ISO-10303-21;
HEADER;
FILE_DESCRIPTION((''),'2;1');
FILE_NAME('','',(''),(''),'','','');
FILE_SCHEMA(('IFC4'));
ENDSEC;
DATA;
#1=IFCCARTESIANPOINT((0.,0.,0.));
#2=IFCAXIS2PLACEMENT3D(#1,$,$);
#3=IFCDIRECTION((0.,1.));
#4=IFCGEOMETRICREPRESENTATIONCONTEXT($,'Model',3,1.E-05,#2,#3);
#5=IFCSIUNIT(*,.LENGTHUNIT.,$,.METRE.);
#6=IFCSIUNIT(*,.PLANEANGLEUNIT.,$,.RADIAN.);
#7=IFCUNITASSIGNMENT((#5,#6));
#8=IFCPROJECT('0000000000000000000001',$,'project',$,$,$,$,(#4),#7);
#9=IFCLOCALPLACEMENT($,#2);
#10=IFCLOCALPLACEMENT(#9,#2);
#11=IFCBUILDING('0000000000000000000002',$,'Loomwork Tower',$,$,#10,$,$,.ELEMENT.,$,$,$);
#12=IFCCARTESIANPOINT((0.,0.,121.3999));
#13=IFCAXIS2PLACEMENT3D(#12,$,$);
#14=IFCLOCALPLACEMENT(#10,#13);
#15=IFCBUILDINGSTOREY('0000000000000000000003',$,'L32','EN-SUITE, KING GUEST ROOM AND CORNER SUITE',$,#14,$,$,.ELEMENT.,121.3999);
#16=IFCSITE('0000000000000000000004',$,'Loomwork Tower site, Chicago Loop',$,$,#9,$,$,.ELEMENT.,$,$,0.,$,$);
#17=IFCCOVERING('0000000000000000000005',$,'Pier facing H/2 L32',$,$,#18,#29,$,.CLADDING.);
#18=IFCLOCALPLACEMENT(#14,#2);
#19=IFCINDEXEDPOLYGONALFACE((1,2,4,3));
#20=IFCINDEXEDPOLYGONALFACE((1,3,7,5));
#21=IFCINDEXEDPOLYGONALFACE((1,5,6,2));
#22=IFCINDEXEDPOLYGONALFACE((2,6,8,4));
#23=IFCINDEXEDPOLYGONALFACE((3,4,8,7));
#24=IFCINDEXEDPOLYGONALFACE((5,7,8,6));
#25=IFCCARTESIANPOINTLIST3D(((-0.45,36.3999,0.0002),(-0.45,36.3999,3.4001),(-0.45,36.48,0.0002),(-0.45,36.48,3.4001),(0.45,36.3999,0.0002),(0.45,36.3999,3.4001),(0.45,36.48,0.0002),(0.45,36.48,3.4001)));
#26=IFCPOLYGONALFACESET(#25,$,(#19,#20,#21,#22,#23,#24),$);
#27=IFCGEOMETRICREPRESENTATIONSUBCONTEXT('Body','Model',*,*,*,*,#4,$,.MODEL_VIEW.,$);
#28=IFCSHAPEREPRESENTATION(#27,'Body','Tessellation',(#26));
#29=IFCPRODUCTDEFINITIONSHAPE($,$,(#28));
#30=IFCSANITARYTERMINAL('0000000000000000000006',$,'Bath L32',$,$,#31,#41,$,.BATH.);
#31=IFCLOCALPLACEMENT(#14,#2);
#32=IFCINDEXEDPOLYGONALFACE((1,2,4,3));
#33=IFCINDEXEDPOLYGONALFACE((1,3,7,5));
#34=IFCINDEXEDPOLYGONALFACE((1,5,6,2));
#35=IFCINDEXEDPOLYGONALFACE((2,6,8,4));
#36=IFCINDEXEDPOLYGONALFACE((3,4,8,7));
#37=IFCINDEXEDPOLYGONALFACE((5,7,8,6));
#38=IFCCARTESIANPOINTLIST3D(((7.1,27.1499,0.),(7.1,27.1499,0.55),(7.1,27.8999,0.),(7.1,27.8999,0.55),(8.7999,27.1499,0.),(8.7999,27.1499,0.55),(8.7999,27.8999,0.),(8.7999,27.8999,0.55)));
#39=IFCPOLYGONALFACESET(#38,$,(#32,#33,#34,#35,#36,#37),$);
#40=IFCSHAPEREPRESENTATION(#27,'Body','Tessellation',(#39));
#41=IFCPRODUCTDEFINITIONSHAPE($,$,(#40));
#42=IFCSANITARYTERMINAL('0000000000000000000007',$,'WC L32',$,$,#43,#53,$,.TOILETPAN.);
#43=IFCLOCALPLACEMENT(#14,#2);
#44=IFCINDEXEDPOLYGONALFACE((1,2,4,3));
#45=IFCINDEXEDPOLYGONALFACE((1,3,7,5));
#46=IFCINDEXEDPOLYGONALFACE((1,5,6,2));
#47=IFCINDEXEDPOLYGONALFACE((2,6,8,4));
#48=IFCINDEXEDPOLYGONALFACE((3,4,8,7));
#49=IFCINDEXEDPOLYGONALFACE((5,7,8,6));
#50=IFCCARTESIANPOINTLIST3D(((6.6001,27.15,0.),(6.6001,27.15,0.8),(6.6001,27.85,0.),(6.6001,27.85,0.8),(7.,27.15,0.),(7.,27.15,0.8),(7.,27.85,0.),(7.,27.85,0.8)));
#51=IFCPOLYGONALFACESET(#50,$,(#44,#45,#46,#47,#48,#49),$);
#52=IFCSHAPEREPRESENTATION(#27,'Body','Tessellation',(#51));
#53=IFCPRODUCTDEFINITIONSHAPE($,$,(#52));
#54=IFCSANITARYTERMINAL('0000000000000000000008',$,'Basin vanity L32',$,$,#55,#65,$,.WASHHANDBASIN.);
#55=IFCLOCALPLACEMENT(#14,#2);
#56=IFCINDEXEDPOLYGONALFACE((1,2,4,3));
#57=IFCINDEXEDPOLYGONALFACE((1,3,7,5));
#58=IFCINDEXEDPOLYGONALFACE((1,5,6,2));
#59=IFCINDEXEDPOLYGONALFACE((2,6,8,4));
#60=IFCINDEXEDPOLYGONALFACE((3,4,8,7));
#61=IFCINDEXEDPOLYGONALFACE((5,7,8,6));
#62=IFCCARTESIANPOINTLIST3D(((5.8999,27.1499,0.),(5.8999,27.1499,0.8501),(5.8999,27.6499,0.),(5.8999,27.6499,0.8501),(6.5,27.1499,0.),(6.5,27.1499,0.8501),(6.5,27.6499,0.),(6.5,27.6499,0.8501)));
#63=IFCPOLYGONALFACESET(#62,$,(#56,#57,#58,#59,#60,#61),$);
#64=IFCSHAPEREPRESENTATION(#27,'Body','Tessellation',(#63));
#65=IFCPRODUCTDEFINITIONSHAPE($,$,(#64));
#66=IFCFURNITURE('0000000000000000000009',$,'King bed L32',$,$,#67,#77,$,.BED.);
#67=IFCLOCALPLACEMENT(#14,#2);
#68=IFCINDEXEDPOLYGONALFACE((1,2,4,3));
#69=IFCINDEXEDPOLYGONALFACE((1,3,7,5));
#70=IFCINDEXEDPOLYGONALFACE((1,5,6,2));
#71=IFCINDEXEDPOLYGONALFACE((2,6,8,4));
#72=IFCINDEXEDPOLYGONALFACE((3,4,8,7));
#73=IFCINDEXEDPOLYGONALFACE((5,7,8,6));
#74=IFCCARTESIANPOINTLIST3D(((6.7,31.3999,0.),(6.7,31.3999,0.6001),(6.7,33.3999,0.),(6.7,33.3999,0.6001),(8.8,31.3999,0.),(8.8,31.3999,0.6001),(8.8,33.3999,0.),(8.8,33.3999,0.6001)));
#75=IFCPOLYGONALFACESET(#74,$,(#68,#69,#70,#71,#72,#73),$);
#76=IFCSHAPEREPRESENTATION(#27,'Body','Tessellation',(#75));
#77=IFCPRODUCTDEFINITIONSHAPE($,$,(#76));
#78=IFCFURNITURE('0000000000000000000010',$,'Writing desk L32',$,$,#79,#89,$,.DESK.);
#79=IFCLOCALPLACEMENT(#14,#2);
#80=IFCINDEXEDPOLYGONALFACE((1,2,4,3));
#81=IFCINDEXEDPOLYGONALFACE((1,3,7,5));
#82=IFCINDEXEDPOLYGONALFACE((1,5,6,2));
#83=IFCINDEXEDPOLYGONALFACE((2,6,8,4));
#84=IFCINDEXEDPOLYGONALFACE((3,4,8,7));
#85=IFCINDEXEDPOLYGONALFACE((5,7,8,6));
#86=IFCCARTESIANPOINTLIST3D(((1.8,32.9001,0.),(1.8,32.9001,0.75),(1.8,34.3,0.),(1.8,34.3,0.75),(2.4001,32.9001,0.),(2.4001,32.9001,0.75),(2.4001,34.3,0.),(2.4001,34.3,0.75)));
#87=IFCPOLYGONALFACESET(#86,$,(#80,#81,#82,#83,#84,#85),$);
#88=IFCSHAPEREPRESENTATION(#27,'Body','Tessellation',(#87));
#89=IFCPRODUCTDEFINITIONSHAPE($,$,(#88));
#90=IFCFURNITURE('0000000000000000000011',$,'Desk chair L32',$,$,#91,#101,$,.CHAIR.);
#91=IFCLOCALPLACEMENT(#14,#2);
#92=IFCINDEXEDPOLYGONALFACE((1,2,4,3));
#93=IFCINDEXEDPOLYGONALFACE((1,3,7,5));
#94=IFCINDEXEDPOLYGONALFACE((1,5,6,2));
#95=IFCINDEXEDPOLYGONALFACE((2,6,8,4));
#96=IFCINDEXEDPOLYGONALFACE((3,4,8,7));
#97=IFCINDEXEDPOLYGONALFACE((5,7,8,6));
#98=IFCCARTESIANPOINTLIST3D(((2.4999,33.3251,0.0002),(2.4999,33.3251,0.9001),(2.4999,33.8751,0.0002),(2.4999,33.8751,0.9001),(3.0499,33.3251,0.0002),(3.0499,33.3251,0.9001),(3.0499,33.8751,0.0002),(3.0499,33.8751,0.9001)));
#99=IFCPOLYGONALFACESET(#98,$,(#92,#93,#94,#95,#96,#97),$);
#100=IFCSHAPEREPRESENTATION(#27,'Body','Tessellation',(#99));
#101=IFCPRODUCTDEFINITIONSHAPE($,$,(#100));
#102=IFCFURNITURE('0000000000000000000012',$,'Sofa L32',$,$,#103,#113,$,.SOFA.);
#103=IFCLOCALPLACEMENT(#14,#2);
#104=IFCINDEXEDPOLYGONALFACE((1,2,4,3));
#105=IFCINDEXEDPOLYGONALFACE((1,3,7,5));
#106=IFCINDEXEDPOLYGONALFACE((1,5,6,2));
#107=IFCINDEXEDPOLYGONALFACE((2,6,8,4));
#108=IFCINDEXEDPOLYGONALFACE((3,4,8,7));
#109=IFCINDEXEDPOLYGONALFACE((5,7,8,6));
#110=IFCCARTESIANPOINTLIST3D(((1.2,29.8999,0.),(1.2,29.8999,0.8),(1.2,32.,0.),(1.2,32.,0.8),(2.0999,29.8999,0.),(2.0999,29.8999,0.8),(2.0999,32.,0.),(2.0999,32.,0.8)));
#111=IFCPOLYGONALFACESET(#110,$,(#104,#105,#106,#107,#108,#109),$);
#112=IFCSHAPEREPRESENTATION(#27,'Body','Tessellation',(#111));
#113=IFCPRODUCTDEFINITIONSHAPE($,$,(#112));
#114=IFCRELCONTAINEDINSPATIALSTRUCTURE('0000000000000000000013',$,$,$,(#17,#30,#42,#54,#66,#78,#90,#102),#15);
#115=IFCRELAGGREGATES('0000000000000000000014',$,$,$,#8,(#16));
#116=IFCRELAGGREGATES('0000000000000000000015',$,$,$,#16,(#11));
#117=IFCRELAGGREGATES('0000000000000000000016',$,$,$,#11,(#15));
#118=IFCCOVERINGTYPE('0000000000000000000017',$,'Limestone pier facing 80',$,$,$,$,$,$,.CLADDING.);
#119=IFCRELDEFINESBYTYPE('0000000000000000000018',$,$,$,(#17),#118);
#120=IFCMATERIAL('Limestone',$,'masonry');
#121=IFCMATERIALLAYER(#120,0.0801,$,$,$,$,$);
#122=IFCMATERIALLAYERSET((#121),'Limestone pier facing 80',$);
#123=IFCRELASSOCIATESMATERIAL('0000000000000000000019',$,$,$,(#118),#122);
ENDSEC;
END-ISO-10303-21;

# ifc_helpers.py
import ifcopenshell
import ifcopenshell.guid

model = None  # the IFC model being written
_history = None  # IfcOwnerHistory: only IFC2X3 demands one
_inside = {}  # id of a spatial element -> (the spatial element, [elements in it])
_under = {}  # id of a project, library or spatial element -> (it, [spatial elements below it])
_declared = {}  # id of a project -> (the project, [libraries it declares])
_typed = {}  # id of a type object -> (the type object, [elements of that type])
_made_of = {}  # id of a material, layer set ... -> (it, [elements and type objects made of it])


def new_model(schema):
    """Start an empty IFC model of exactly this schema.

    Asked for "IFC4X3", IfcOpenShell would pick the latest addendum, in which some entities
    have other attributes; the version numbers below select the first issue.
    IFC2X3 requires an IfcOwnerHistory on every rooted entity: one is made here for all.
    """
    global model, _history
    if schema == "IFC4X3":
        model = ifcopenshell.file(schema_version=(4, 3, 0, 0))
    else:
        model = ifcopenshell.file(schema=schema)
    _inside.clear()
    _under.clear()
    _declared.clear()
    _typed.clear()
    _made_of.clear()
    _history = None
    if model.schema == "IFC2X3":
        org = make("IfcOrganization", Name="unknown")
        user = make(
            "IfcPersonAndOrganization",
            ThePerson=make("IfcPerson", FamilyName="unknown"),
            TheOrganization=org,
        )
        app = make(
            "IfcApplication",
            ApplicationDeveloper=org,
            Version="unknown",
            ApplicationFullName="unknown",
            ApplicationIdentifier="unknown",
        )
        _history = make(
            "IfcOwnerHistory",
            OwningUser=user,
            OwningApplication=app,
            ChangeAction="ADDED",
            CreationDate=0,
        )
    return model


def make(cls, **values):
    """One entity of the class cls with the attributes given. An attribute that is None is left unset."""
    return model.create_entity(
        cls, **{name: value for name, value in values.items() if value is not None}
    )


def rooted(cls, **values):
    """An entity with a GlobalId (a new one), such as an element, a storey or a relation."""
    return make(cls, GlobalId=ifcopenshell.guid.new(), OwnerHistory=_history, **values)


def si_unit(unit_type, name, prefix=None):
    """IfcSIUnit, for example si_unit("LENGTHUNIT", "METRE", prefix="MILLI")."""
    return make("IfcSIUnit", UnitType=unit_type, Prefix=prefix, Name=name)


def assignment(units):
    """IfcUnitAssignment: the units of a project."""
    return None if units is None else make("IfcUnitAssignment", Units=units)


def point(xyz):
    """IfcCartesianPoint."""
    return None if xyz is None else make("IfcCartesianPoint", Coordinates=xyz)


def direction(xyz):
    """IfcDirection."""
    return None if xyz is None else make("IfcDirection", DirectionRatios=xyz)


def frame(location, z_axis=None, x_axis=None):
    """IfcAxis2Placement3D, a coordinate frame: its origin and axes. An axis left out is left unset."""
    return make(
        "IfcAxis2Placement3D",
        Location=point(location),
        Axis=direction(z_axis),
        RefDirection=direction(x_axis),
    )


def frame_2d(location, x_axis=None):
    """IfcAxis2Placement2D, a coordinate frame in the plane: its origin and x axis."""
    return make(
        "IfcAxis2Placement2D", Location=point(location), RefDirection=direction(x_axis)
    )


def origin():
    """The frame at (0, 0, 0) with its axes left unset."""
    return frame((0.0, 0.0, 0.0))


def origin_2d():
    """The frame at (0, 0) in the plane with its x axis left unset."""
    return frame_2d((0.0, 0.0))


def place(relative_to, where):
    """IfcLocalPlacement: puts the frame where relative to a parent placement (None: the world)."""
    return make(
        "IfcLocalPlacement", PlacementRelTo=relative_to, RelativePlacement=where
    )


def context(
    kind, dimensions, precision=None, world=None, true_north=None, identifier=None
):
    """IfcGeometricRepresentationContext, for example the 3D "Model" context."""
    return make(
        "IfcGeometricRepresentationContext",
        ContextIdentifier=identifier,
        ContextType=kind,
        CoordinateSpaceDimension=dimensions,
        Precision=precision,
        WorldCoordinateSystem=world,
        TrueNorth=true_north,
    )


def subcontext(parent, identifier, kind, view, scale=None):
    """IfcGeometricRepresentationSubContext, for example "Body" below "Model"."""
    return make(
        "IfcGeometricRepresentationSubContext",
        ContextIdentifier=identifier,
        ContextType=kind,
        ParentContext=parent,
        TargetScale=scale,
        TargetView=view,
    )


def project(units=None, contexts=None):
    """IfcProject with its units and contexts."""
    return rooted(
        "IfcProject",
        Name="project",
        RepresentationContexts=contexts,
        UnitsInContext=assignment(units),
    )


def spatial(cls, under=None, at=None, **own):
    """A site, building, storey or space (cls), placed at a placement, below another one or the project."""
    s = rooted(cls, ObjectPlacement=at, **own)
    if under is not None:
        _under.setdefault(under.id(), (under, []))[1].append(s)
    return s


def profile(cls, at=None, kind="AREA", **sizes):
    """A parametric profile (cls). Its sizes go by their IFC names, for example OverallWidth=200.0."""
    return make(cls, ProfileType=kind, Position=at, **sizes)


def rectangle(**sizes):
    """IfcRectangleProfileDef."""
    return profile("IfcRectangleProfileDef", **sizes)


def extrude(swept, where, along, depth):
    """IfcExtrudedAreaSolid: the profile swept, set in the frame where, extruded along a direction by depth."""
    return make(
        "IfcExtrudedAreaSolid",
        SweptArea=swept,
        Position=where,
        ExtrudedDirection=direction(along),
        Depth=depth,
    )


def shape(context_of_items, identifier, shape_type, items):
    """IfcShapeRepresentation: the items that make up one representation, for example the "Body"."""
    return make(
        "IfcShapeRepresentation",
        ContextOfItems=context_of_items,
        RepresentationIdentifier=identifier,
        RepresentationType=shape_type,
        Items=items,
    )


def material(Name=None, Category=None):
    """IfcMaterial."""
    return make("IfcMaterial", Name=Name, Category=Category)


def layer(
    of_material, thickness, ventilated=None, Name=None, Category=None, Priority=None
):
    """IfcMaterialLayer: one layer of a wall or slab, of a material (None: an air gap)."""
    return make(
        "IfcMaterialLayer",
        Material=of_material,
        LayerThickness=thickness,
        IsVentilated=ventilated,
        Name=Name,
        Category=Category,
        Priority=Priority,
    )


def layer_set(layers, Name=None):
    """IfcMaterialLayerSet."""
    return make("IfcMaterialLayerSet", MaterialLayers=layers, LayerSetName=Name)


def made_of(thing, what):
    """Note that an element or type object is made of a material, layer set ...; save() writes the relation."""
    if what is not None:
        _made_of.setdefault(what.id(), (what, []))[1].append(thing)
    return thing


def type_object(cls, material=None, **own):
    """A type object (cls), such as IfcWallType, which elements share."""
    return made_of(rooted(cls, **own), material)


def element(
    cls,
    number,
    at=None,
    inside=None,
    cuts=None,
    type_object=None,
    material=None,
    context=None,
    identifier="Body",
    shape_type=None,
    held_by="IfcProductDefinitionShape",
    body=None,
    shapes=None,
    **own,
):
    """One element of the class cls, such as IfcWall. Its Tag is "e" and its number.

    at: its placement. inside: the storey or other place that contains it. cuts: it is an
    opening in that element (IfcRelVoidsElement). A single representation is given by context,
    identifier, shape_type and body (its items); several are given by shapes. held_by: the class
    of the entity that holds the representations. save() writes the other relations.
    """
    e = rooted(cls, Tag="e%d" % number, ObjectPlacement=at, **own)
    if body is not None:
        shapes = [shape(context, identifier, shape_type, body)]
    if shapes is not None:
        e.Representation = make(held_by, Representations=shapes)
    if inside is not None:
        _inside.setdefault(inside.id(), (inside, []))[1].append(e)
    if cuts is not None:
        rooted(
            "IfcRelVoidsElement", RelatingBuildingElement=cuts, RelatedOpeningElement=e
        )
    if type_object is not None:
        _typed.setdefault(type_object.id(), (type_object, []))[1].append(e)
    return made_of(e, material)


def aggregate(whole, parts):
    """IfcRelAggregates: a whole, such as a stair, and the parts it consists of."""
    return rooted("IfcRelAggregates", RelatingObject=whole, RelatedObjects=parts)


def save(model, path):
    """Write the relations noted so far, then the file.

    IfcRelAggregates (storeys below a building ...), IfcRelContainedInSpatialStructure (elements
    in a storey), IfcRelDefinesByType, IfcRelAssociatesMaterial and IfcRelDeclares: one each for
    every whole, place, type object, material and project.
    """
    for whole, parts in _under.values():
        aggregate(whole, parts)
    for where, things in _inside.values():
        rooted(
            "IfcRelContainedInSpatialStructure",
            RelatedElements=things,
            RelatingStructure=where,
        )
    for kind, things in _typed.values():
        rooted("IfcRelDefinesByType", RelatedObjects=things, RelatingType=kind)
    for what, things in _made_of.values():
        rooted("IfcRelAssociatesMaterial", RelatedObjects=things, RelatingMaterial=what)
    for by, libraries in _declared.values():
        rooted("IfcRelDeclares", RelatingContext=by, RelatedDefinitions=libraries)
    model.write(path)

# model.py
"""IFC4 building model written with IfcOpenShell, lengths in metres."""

from ifc_helpers import new_model, si_unit, direction, frame, origin, origin_2d, place, context, subcontext, project, spatial, rectangle, extrude, material, layer, layer_set, type_object, element, save


model = new_model("IFC4")

# Units and contexts
model_context = context("Model", 3, precision=1e-05, world=origin(), true_north=direction((0.0, 1.0)))
body_context = subcontext(model_context, "Body", "Model", "MODEL_VIEW")
ifc_project = project(units=[si_unit("LENGTHUNIT", "METRE"), si_unit("PLANEANGLEUNIT", "RADIAN")], contexts=[model_context])

# Site, building, storey
site_placement = place(None, origin())
site = spatial("IfcSite", under=ifc_project, at=site_placement, Name="Loomwork Tower site, Chicago Loop", CompositionType="ELEMENT", RefElevation=0.0)
building_placement = place(site_placement, origin())
building = spatial("IfcBuilding", under=site, at=building_placement, Name="Loomwork Tower", CompositionType="ELEMENT")
storey_placement = place(building_placement, frame((0.0, 0.0, 121.3999)))
storey = spatial("IfcBuildingStorey", under=building, at=storey_placement, Name="L32", Description="EN-SUITE, KING GUEST ROOM AND CORNER SUITE", CompositionType="ELEMENT", Elevation=121.3999)

# Covering
ifc_material_1 = material(Name="Limestone", Category="masonry")
ifc_layer_1 = layer(ifc_material_1, 0.0801)
ifc_layer_set_1 = layer_set([ifc_layer_1], Name="Limestone pier facing 80")
covering_type = type_object("IfcCoveringType", Name="Limestone pier facing 80", PredefinedType="CLADDING", material=ifc_layer_set_1)
covering_placement = place(storey_placement, frame((0.0, 36.4399, 0.0002), z_axis=(0.0, 0.0, 1.0), x_axis=(1.0, 0.0, 0.0)))
element("IfcCovering", 1, at=covering_placement, inside=storey, type_object=covering_type, Name="Pier facing H/2 L32", PredefinedType="CLADDING", context=body_context, shape_type="SweptSolid", body=[
    extrude(rectangle(XDim=0.8999, YDim=0.0801, at=origin_2d()), origin(), (0.0, 0.0, 1.0), 3.3999),
])

# Sanitary terminals
sanitary_terminal_1_placement = place(storey_placement, frame((7.95, 27.5249, 0.0), z_axis=(0.0, 0.0, 1.0), x_axis=(1.0, 0.0, 0.0)))
element("IfcSanitaryTerminal", 2, at=sanitary_terminal_1_placement, inside=storey, Name="Bath L32", PredefinedType="BATH", context=body_context, shape_type="SweptSolid", body=[
    extrude(rectangle(XDim=1.7, YDim=0.75, at=origin_2d()), origin(), (0.0, 0.0, 1.0), 0.55),
])
sanitary_terminal_2_placement = place(storey_placement, frame((6.8, 27.5, 0.0), z_axis=(0.0, 0.0, 1.0), x_axis=(1.0, 0.0, 0.0)))
element("IfcSanitaryTerminal", 3, at=sanitary_terminal_2_placement, inside=storey, Name="WC L32", PredefinedType="TOILETPAN", context=body_context, shape_type="SweptSolid", body=[
    extrude(rectangle(XDim=0.3999, YDim=0.7, at=origin_2d()), origin(), (0.0, 0.0, 1.0), 0.8),
])
sanitary_terminal_3_placement = place(storey_placement, frame((6.2, 27.3999, 0.0), z_axis=(0.0, 0.0, 1.0), x_axis=(1.0, 0.0, 0.0)))
element("IfcSanitaryTerminal", 4, at=sanitary_terminal_3_placement, inside=storey, Name="Basin vanity L32", PredefinedType="WASHHANDBASIN", context=body_context, shape_type="SweptSolid", body=[
    extrude(rectangle(XDim=0.6001, YDim=0.5, at=origin_2d()), origin(), (0.0, 0.0, 1.0), 0.8501),
])

# Furniture
furniture_1_placement = place(storey_placement, frame((7.75, 32.3999, 0.0), z_axis=(0.0, 0.0, 1.0), x_axis=(1.0, 0.0, 0.0)))
element("IfcFurniture", 5, at=furniture_1_placement, inside=storey, Name="King bed L32", PredefinedType="BED", context=body_context, shape_type="SweptSolid", body=[
    extrude(rectangle(XDim=2.1001, YDim=2.0, at=origin_2d()), origin(), (0.0, 0.0, 1.0), 0.6001),
])
furniture_2_placement = place(storey_placement, frame((2.1001, 33.6001, 0.0), z_axis=(0.0, 0.0, 1.0), x_axis=(1.0, 0.0, 0.0)))
element("IfcFurniture", 6, at=furniture_2_placement, inside=storey, Name="Writing desk L32", PredefinedType="DESK", context=body_context, shape_type="SweptSolid", body=[
    extrude(rectangle(XDim=0.6001, YDim=1.3999, at=origin_2d()), origin(), (0.0, 0.0, 1.0), 0.75),
])
furniture_3_placement = place(storey_placement, frame((2.7749, 33.6001, 0.0002), z_axis=(0.0, 0.0, 1.0), x_axis=(1.0, 0.0, 0.0)))
element("IfcFurniture", 7, at=furniture_3_placement, inside=storey, Name="Desk chair L32", PredefinedType="CHAIR", context=body_context, shape_type="SweptSolid", body=[
    extrude(rectangle(XDim=0.55, YDim=0.55, at=origin_2d()), origin(), (0.0, 0.0, 1.0), 0.8999),
])
furniture_4_placement = place(storey_placement, frame((1.6499, 30.95, 0.0), z_axis=(0.0, 0.0, 1.0), x_axis=(1.0, 0.0, 0.0)))
element("IfcFurniture", 8, at=furniture_4_placement, inside=storey, Name="Sofa L32", PredefinedType="SOFA", context=body_context, shape_type="SweptSolid", body=[
    extrude(rectangle(XDim=0.8999, YDim=2.1001, at=origin_2d()), origin(), (0.0, 0.0, 1.0), 0.8),
])

save(model, "model.ifc")
